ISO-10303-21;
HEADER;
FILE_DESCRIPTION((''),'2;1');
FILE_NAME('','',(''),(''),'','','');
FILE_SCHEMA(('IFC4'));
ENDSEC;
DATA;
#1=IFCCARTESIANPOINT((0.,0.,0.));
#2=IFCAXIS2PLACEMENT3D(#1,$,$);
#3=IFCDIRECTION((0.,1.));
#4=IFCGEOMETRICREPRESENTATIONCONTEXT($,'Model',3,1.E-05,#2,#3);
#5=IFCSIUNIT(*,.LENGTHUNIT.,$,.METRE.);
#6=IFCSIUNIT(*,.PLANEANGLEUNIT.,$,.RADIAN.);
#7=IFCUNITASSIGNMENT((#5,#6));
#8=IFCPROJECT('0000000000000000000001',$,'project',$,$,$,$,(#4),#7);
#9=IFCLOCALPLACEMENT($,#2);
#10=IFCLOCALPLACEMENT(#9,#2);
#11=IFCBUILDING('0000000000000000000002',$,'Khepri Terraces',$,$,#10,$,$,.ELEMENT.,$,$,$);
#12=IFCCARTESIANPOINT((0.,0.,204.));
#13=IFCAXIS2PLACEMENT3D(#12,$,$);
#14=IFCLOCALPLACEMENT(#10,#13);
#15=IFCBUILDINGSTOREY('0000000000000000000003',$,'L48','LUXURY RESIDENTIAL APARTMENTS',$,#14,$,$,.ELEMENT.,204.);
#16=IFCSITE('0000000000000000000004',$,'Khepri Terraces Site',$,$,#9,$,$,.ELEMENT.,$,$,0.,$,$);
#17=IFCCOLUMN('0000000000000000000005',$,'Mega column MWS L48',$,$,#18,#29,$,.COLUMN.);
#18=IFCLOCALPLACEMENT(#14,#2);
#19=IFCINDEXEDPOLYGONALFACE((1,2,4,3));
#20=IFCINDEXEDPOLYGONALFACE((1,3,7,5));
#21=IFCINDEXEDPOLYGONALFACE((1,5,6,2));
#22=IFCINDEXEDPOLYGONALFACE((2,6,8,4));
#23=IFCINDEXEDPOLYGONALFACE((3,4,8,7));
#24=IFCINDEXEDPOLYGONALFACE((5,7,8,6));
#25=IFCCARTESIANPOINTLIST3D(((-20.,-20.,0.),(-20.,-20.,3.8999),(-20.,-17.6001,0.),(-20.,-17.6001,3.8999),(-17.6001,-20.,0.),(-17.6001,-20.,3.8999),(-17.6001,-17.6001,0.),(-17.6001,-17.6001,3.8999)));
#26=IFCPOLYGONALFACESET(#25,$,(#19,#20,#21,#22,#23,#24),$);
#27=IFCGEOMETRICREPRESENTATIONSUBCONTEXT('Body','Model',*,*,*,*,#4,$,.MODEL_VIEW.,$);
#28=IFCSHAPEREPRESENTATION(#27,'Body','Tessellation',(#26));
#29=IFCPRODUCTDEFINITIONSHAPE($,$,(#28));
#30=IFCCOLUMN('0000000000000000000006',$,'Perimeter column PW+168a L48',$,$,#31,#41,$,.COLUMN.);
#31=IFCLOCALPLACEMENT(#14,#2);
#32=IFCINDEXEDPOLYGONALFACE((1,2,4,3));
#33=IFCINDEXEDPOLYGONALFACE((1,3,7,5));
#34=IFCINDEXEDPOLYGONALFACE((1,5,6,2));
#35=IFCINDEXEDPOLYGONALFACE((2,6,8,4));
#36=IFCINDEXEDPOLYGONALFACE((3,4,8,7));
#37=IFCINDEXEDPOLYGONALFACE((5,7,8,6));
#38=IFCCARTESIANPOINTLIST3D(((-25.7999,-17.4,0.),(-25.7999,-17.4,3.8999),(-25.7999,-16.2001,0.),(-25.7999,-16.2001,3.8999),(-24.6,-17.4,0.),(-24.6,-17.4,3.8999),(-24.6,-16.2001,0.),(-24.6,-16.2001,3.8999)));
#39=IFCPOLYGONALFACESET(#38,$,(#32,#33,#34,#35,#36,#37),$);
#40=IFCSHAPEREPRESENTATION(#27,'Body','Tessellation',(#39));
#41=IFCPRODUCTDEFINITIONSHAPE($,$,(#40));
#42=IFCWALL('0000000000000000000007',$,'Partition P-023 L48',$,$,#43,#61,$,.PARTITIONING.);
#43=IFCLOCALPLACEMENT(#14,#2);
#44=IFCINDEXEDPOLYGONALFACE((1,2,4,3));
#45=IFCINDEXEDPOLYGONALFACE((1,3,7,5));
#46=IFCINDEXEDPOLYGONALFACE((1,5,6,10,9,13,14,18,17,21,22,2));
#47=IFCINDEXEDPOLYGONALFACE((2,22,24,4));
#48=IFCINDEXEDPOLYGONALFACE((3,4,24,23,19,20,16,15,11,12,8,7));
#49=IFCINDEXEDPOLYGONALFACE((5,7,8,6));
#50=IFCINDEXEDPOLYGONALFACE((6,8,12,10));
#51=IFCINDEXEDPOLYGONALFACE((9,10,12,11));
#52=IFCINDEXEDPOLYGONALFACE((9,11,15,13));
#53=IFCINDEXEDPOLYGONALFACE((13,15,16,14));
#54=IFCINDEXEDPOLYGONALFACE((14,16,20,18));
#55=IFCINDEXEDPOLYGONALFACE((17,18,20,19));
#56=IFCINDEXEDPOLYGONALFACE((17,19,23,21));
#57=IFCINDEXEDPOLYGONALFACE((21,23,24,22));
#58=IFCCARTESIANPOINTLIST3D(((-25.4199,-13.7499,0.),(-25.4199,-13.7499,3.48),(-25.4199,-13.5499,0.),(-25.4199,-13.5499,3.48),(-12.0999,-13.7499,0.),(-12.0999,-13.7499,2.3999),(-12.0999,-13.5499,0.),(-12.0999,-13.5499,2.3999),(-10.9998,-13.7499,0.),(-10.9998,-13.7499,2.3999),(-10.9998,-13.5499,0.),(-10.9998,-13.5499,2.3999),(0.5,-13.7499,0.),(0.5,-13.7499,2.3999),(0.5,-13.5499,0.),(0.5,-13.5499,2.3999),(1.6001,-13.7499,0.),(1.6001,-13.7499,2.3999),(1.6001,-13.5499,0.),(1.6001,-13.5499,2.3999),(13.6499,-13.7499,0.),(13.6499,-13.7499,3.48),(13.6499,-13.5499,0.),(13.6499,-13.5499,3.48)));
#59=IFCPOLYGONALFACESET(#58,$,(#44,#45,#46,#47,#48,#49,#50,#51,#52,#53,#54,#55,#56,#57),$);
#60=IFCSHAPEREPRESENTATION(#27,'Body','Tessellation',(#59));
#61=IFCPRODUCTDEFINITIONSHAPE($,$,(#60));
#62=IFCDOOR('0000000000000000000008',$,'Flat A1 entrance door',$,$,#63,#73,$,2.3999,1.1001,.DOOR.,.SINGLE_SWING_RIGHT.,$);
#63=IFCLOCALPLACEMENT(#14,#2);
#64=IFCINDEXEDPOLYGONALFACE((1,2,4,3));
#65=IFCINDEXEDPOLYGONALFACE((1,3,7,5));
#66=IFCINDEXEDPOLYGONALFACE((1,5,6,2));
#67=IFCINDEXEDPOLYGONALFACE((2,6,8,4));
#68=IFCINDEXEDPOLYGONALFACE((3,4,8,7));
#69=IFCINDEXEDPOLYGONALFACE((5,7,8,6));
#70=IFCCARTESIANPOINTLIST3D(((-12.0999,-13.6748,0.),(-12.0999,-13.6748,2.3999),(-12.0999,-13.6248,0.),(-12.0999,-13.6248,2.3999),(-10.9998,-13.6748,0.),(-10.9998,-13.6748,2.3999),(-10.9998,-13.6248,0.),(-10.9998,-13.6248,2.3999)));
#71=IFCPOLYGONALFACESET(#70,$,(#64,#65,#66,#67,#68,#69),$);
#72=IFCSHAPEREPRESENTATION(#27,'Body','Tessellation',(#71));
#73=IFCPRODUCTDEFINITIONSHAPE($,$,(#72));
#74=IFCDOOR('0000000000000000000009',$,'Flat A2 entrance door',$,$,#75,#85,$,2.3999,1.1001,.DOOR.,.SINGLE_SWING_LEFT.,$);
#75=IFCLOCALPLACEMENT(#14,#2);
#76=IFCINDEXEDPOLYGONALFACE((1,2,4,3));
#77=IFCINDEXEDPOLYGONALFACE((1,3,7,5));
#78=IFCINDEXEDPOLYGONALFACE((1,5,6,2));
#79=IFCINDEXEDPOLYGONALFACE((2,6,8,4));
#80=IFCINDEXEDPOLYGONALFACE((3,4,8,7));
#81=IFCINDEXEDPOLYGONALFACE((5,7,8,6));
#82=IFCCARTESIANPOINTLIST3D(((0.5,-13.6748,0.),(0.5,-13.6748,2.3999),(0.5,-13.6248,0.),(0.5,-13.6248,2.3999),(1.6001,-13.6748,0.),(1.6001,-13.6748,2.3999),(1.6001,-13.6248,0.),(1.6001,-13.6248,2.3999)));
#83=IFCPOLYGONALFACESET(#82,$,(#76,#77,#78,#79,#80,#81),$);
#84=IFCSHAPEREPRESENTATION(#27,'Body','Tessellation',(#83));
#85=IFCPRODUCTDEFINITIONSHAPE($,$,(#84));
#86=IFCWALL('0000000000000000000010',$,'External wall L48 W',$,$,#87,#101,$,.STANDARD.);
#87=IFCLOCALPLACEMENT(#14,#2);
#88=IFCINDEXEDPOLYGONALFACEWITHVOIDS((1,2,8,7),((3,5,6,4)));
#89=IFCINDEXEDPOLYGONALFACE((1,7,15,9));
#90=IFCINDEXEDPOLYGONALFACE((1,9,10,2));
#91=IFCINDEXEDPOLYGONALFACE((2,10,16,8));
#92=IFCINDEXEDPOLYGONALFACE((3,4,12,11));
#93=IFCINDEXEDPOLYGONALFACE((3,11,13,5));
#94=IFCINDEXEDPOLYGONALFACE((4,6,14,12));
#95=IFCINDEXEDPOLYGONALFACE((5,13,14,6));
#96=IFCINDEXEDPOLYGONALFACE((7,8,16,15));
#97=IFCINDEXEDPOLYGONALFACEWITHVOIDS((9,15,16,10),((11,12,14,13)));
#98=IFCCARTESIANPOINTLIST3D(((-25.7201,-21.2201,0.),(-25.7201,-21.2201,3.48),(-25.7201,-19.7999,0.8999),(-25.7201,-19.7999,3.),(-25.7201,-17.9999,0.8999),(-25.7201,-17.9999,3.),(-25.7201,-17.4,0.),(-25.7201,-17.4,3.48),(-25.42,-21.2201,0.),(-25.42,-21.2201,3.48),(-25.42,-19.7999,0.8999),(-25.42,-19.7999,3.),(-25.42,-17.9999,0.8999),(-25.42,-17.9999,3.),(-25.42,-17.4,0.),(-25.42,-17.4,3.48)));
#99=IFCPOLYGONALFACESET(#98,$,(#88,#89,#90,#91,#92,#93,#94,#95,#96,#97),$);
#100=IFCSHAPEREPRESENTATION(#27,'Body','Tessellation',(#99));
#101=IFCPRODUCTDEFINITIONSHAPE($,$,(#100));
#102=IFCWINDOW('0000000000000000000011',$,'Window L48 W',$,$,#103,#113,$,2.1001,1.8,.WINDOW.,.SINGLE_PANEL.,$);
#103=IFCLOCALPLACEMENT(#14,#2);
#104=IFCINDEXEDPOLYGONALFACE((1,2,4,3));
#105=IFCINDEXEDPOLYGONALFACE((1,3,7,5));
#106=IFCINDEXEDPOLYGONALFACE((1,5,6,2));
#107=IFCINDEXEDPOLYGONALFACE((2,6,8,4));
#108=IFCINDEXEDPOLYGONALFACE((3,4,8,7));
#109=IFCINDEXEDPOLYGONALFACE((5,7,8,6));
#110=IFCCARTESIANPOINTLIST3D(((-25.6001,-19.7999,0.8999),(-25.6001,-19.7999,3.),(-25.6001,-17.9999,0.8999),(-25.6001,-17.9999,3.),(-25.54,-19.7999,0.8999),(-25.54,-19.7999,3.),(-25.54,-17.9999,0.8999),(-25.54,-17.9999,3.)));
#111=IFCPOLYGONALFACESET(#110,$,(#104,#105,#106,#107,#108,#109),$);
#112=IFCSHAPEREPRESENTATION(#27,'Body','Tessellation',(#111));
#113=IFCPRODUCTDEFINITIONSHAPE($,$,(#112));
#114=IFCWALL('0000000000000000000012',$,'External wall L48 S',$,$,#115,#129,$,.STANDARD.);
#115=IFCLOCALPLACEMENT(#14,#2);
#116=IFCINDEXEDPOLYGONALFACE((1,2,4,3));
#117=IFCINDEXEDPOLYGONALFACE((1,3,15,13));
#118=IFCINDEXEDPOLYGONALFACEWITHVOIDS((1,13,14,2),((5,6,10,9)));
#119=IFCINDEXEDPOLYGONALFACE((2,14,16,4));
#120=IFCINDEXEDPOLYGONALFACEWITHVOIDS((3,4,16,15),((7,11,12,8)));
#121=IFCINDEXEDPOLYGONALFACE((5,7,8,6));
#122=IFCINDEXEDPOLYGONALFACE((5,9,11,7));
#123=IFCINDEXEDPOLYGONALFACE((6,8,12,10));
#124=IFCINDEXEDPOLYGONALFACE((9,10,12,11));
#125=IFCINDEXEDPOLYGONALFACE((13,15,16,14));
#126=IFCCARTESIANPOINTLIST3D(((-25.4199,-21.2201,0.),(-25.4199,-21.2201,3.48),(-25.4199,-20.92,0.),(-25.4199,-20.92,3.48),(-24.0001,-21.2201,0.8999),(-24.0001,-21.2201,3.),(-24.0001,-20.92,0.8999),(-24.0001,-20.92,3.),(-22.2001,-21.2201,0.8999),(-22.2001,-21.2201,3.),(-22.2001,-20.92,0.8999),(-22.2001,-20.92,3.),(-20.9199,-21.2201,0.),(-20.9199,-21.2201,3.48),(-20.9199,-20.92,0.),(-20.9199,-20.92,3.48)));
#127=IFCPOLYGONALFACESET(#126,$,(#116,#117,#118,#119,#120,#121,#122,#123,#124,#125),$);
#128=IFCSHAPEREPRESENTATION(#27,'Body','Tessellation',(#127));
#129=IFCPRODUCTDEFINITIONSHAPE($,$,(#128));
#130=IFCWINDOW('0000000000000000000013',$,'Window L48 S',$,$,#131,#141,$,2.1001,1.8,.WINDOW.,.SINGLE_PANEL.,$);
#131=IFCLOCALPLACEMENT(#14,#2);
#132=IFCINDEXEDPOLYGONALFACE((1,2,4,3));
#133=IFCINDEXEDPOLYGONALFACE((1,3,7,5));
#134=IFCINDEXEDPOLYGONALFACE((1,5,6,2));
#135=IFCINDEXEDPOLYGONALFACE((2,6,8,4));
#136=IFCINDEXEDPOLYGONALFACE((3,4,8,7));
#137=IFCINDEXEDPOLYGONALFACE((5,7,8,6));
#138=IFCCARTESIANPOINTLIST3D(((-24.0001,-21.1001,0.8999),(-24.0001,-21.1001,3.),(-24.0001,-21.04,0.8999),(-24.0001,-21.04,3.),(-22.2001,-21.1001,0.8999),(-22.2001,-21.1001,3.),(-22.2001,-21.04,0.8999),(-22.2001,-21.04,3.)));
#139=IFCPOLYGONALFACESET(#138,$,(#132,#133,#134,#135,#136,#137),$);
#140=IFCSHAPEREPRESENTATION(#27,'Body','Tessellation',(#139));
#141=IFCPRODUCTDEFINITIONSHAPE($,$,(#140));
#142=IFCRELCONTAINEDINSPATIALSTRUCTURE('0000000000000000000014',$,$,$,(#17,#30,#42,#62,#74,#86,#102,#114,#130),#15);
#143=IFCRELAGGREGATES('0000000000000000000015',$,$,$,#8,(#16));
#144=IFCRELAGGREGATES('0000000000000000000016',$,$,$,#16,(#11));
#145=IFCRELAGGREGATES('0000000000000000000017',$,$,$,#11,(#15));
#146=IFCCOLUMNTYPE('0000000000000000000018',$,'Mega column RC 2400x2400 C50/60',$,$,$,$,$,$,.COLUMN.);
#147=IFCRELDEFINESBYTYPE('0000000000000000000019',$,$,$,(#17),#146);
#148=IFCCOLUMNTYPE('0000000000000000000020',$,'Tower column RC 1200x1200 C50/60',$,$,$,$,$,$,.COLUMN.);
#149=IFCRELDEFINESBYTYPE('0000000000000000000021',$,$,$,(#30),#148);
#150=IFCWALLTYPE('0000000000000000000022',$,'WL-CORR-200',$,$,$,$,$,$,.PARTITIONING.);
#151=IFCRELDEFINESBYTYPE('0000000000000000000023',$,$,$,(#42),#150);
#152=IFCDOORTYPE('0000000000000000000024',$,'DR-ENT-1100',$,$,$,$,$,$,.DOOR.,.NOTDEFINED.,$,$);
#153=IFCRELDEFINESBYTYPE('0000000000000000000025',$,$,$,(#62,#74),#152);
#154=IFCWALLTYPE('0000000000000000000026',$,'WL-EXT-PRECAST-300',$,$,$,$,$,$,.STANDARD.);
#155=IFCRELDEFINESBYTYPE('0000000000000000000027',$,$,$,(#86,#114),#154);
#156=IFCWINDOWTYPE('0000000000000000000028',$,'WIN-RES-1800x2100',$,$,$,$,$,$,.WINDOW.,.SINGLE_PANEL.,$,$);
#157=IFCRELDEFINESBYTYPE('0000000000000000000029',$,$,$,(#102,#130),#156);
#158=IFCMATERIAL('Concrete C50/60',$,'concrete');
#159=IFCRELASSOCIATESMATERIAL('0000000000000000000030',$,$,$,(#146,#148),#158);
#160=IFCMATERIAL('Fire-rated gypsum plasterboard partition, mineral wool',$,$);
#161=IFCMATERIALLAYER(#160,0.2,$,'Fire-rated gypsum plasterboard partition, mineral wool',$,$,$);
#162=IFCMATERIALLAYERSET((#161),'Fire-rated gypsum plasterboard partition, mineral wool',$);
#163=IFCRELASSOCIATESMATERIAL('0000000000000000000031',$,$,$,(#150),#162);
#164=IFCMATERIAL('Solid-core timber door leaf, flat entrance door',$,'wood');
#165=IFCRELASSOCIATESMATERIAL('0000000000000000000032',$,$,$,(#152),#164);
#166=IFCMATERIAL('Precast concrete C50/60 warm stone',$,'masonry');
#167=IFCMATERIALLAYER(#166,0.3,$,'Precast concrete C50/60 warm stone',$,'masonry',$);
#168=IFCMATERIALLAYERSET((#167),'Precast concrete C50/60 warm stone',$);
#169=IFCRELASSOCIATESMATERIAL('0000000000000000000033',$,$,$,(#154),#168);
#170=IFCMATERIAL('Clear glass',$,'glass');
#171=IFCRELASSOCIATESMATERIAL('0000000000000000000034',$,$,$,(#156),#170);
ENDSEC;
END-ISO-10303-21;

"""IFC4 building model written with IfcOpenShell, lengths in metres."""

from ifc_helpers import new_model, si_unit, direction, frame, frame_2d, origin, origin_2d, place, context, subcontext, project, spatial, rectangle, extrude, material, layer, layer_set, material_profile, profile_set, type_object, element, fill, save


model = new_model("IFC4")

# Units and contexts
model_context = context("Model", 3, precision=1e-05, world=origin(), true_north=direction((0.0, 1.0)))
body_context = subcontext(model_context, "Body", "Model", "MODEL_VIEW")
ifc_project = project(units=[si_unit("LENGTHUNIT", "METRE"), si_unit("PLANEANGLEUNIT", "RADIAN")], contexts=[model_context])

# Site, building, storey
site_placement = place(None, origin())
site = spatial("IfcSite", under=ifc_project, at=site_placement, Name="Khepri Terraces Site", CompositionType="ELEMENT", RefElevation=0.0)
building_placement = place(site_placement, origin())
building = spatial("IfcBuilding", under=site, at=building_placement, Name="Khepri Terraces", CompositionType="ELEMENT")
storey_placement = place(building_placement, frame((0.0, 0.0, 204.0)))
storey = spatial("IfcBuildingStorey", under=building, at=storey_placement, Name="L48", Description="LUXURY RESIDENTIAL APARTMENTS", CompositionType="ELEMENT", Elevation=204.0)

# Columns
ifc_material_1 = material(Name="Concrete C50/60", Category="concrete")
ifc_material_profile_1 = material_profile(ifc_material_1, rectangle(XDim=2.3999, YDim=2.3999, at=origin_2d()), Name="Concrete C50/60", Category="concrete")
ifc_profile_set_1 = profile_set([ifc_material_profile_1], Name="Concrete C50/60")
column_type_1 = type_object("IfcColumnType", Name="Mega column RC 2400x2400 C50/60", PredefinedType="COLUMN", material=ifc_profile_set_1)
column_1_placement = place(storey_placement, frame((-18.8, -18.8, 0.0), z_axis=(0.0, 0.0, 1.0), x_axis=(1.0, 0.0, 0.0)))
element("IfcColumn", 1, at=column_1_placement, inside=storey, type_object=column_type_1, Name="Mega column MWS L48", PredefinedType="COLUMN", context=body_context, shape_type="SweptSolid", body=[
    extrude(rectangle(XDim=2.3999, YDim=2.3999, at=origin_2d()), origin(), (0.0, 0.0, 1.0), 3.8999),
])
ifc_material_profile_2 = material_profile(ifc_material_1, rectangle(XDim=1.2, YDim=1.2, at=origin_2d()), Name="Concrete C50/60", Category="concrete")
ifc_profile_set_2 = profile_set([ifc_material_profile_2], Name="Concrete C50/60")
column_type_2 = type_object("IfcColumnType", Name="Tower column RC 1200x1200 C50/60", PredefinedType="COLUMN", material=ifc_profile_set_2)
column_2_placement = place(storey_placement, frame((-25.2, -16.8, 0.0), z_axis=(0.0, 0.0, 1.0), x_axis=(1.0, 0.0, 0.0)))
element("IfcColumn", 2, at=column_2_placement, inside=storey, type_object=column_type_2, Name="Perimeter column PW+168a L48", PredefinedType="COLUMN", context=body_context, shape_type="SweptSolid", body=[
    extrude(rectangle(XDim=1.2, YDim=1.2, at=origin_2d()), origin(), (0.0, 0.0, 1.0), 3.8999),
])

# Wall, openings, doors
ifc_material_2 = material(Name="Fire-rated gypsum plasterboard partition, mineral wool")
ifc_layer_1 = layer(ifc_material_2, 0.2, Name="Fire-rated gypsum plasterboard partition, mineral wool")
ifc_layer_set_1 = layer_set([ifc_layer_1], Name="Fire-rated gypsum plasterboard partition, mineral wool")
wall_type_1 = type_object("IfcWallType", Name="WL-CORR-200", PredefinedType="PARTITIONING", material=ifc_layer_set_1)
wall_1_placement = place(storey_placement, frame((-25.4199, -13.6499, 0.0), z_axis=(0.0, 0.0, 1.0), x_axis=(1.0, 0.0, 0.0)))
wall_1 = element("IfcWall", 3, at=wall_1_placement, inside=storey, type_object=wall_type_1, Name="Partition P-023 L48", PredefinedType="PARTITIONING", context=body_context, shape_type="SweptSolid", body=[
    extrude(rectangle(XDim=39.0698, YDim=0.2, at=frame_2d((19.5349, 0.0))), origin(), (0.0, 0.0, 1.0), 3.48),
])
opening_1_placement = place(wall_1_placement, frame((13.3201, 0.0, 0.0)))
opening_1 = element("IfcOpeningElement", 4, at=opening_1_placement, cuts=wall_1, PredefinedType="OPENING", context=body_context, shape_type="SweptSolid", body=[
    extrude(rectangle(XDim=1.1001, YDim=2.3999, at=frame_2d((0.55, 1.2))), frame((0.0, 0.1099, 0.0), z_axis=(0.0, -1.0, 0.0), x_axis=(1.0, 0.0, 0.0)), (0.0, 0.0, 1.0), 0.22),
])
opening_2_placement = place(wall_1_placement, frame((25.9199, 0.0, 0.0)))
opening_2 = element("IfcOpeningElement", 5, at=opening_2_placement, cuts=wall_1, PredefinedType="OPENING", context=body_context, shape_type="SweptSolid", body=[
    extrude(rectangle(XDim=1.1001, YDim=2.3999, at=frame_2d((0.55, 1.2))), frame((0.0, 0.1099, 0.0), z_axis=(0.0, -1.0, 0.0), x_axis=(1.0, 0.0, 0.0)), (0.0, 0.0, 1.0), 0.22),
])
ifc_material_3 = material(Name="Solid-core timber door leaf, flat entrance door", Category="wood")
door_type_1 = type_object("IfcDoorType", Name="DR-ENT-1100", OperationType="NOTDEFINED", PredefinedType="DOOR", material=ifc_material_3)
door_1_placement = place(opening_1_placement, frame((1.1001, 0.0, 0.0), z_axis=(0.0, 0.0, 1.0), x_axis=(-1.0, 0.0, 0.0)))
door_1 = element("IfcDoor", 6, at=door_1_placement, inside=storey, type_object=door_type_1, Name="Flat A1 entrance door", OperationType="SINGLE_SWING_RIGHT", OverallHeight=2.3999, OverallWidth=1.1001, PredefinedType="DOOR", context=body_context, shape_type="SweptSolid", body=[
    extrude(rectangle(XDim=1.1001, YDim=2.3999, at=frame_2d((0.55, 1.2))), frame((0.0, 0.0249, 0.0), z_axis=(0.0, -1.0, 0.0), x_axis=(1.0, 0.0, 0.0)), (0.0, 0.0, 1.0), 0.05),
])
fill(opening_1, door_1)
door_2_placement = place(opening_2_placement, frame((1.1001, 0.0, 0.0), z_axis=(0.0, 0.0, 1.0), x_axis=(-1.0, 0.0, 0.0)))
door_2 = element("IfcDoor", 7, at=door_2_placement, inside=storey, type_object=door_type_1, Name="Flat A2 entrance door", OperationType="SINGLE_SWING_LEFT", OverallHeight=2.3999, OverallWidth=1.1001, PredefinedType="DOOR", context=body_context, shape_type="SweptSolid", body=[
    extrude(rectangle(XDim=1.1001, YDim=2.3999, at=frame_2d((0.55, 1.2))), frame((0.0, 0.0249, 0.0), z_axis=(0.0, -1.0, 0.0), x_axis=(1.0, 0.0, 0.0)), (0.0, 0.0, 1.0), 0.05),
])
fill(opening_2, door_2)

# Walls, openings, windows
ifc_material_4 = material(Name="Precast concrete C50/60 warm stone", Category="masonry")
ifc_layer_2 = layer(ifc_material_4, 0.3, Name="Precast concrete C50/60 warm stone", Category="masonry")
ifc_layer_set_2 = layer_set([ifc_layer_2], Name="Precast concrete C50/60 warm stone")
wall_type_2 = type_object("IfcWallType", Name="WL-EXT-PRECAST-300", PredefinedType="STANDARD", material=ifc_layer_set_2)
wall_2_placement = place(storey_placement, frame((-25.5701, -17.3999, 0.0), z_axis=(0.0, 0.0, 1.0), x_axis=(0.0, -1.0, 0.0)))
wall_2 = element("IfcWall", 8, at=wall_2_placement, inside=storey, type_object=wall_type_2, Name="External wall L48 W", PredefinedType="STANDARD", context=body_context, shape_type="SweptSolid", body=[
    extrude(rectangle(XDim=3.8201, YDim=0.3, at=frame_2d((1.9102, 0.0))), origin(), (0.0, 0.0, 1.0), 3.48),
])
opening_3_placement = place(wall_2_placement, frame((0.6001, 0.0, 0.8999)))
opening_3 = element("IfcOpeningElement", 9, at=opening_3_placement, cuts=wall_2, PredefinedType="OPENING", context=body_context, shape_type="SweptSolid", body=[
    extrude(rectangle(XDim=1.8, YDim=2.1001, at=frame_2d((0.8999, 1.05))), frame((0.0, 0.1602, 0.0), z_axis=(0.0, -1.0, 0.0), x_axis=(1.0, 0.0, 0.0)), (0.0, 0.0, 1.0), 0.3201),
])
ifc_material_5 = material(Name="Clear glass", Category="glass")
window_type = type_object("IfcWindowType", Name="WIN-RES-1800x2100", PartitioningType="SINGLE_PANEL", PredefinedType="WINDOW", material=ifc_material_5)
window_1_placement = place(opening_3_placement, origin())
window_1 = element("IfcWindow", 10, at=window_1_placement, inside=storey, type_object=window_type, Name="Window L48 W", OverallHeight=2.1001, OverallWidth=1.8, PartitioningType="SINGLE_PANEL", PredefinedType="WINDOW", context=body_context, shape_type="SweptSolid", body=[
    extrude(rectangle(XDim=1.8, YDim=2.1001, at=frame_2d((0.8999, 1.05))), frame((0.0, 0.03, 0.0), z_axis=(0.0, -1.0, 0.0), x_axis=(1.0, 0.0, 0.0)), (0.0, 0.0, 1.0), 0.0601),
])
fill(opening_3, window_1)
wall_3_placement = place(storey_placement, frame((-25.4199, -21.0701, 0.0), z_axis=(0.0, 0.0, 1.0), x_axis=(1.0, 0.0, 0.0)))
wall_3 = element("IfcWall", 11, at=wall_3_placement, inside=storey, type_object=wall_type_2, Name="External wall L48 S", PredefinedType="STANDARD", context=body_context, shape_type="SweptSolid", body=[
    extrude(rectangle(XDim=4.5, YDim=0.3, at=frame_2d((2.25, 0.0))), origin(), (0.0, 0.0, 1.0), 3.48),
])
opening_4_placement = place(wall_3_placement, frame((1.4199, 0.0, 0.8999)))
opening_4 = element("IfcOpeningElement", 12, at=opening_4_placement, cuts=wall_3, PredefinedType="OPENING", context=body_context, shape_type="SweptSolid", body=[
    extrude(rectangle(XDim=1.8, YDim=2.1001, at=frame_2d((0.8999, 1.05))), frame((0.0, 0.1602, 0.0), z_axis=(0.0, -1.0, 0.0), x_axis=(1.0, 0.0, 0.0)), (0.0, 0.0, 1.0), 0.3201),
])
window_2_placement = place(opening_4_placement, origin())
window_2 = element("IfcWindow", 13, at=window_2_placement, inside=storey, type_object=window_type, Name="Window L48 S", OverallHeight=2.1001, OverallWidth=1.8, PartitioningType="SINGLE_PANEL", PredefinedType="WINDOW", context=body_context, shape_type="SweptSolid", body=[
    extrude(rectangle(XDim=1.8, YDim=2.1001, at=frame_2d((0.8999, 1.05))), frame((0.0, 0.03, 0.0), z_axis=(0.0, -1.0, 0.0), x_axis=(1.0, 0.0, 0.0)), (0.0, 0.0, 1.0), 0.0601),
])
fill(opening_4, window_2)

save(model, "model.ifc")
